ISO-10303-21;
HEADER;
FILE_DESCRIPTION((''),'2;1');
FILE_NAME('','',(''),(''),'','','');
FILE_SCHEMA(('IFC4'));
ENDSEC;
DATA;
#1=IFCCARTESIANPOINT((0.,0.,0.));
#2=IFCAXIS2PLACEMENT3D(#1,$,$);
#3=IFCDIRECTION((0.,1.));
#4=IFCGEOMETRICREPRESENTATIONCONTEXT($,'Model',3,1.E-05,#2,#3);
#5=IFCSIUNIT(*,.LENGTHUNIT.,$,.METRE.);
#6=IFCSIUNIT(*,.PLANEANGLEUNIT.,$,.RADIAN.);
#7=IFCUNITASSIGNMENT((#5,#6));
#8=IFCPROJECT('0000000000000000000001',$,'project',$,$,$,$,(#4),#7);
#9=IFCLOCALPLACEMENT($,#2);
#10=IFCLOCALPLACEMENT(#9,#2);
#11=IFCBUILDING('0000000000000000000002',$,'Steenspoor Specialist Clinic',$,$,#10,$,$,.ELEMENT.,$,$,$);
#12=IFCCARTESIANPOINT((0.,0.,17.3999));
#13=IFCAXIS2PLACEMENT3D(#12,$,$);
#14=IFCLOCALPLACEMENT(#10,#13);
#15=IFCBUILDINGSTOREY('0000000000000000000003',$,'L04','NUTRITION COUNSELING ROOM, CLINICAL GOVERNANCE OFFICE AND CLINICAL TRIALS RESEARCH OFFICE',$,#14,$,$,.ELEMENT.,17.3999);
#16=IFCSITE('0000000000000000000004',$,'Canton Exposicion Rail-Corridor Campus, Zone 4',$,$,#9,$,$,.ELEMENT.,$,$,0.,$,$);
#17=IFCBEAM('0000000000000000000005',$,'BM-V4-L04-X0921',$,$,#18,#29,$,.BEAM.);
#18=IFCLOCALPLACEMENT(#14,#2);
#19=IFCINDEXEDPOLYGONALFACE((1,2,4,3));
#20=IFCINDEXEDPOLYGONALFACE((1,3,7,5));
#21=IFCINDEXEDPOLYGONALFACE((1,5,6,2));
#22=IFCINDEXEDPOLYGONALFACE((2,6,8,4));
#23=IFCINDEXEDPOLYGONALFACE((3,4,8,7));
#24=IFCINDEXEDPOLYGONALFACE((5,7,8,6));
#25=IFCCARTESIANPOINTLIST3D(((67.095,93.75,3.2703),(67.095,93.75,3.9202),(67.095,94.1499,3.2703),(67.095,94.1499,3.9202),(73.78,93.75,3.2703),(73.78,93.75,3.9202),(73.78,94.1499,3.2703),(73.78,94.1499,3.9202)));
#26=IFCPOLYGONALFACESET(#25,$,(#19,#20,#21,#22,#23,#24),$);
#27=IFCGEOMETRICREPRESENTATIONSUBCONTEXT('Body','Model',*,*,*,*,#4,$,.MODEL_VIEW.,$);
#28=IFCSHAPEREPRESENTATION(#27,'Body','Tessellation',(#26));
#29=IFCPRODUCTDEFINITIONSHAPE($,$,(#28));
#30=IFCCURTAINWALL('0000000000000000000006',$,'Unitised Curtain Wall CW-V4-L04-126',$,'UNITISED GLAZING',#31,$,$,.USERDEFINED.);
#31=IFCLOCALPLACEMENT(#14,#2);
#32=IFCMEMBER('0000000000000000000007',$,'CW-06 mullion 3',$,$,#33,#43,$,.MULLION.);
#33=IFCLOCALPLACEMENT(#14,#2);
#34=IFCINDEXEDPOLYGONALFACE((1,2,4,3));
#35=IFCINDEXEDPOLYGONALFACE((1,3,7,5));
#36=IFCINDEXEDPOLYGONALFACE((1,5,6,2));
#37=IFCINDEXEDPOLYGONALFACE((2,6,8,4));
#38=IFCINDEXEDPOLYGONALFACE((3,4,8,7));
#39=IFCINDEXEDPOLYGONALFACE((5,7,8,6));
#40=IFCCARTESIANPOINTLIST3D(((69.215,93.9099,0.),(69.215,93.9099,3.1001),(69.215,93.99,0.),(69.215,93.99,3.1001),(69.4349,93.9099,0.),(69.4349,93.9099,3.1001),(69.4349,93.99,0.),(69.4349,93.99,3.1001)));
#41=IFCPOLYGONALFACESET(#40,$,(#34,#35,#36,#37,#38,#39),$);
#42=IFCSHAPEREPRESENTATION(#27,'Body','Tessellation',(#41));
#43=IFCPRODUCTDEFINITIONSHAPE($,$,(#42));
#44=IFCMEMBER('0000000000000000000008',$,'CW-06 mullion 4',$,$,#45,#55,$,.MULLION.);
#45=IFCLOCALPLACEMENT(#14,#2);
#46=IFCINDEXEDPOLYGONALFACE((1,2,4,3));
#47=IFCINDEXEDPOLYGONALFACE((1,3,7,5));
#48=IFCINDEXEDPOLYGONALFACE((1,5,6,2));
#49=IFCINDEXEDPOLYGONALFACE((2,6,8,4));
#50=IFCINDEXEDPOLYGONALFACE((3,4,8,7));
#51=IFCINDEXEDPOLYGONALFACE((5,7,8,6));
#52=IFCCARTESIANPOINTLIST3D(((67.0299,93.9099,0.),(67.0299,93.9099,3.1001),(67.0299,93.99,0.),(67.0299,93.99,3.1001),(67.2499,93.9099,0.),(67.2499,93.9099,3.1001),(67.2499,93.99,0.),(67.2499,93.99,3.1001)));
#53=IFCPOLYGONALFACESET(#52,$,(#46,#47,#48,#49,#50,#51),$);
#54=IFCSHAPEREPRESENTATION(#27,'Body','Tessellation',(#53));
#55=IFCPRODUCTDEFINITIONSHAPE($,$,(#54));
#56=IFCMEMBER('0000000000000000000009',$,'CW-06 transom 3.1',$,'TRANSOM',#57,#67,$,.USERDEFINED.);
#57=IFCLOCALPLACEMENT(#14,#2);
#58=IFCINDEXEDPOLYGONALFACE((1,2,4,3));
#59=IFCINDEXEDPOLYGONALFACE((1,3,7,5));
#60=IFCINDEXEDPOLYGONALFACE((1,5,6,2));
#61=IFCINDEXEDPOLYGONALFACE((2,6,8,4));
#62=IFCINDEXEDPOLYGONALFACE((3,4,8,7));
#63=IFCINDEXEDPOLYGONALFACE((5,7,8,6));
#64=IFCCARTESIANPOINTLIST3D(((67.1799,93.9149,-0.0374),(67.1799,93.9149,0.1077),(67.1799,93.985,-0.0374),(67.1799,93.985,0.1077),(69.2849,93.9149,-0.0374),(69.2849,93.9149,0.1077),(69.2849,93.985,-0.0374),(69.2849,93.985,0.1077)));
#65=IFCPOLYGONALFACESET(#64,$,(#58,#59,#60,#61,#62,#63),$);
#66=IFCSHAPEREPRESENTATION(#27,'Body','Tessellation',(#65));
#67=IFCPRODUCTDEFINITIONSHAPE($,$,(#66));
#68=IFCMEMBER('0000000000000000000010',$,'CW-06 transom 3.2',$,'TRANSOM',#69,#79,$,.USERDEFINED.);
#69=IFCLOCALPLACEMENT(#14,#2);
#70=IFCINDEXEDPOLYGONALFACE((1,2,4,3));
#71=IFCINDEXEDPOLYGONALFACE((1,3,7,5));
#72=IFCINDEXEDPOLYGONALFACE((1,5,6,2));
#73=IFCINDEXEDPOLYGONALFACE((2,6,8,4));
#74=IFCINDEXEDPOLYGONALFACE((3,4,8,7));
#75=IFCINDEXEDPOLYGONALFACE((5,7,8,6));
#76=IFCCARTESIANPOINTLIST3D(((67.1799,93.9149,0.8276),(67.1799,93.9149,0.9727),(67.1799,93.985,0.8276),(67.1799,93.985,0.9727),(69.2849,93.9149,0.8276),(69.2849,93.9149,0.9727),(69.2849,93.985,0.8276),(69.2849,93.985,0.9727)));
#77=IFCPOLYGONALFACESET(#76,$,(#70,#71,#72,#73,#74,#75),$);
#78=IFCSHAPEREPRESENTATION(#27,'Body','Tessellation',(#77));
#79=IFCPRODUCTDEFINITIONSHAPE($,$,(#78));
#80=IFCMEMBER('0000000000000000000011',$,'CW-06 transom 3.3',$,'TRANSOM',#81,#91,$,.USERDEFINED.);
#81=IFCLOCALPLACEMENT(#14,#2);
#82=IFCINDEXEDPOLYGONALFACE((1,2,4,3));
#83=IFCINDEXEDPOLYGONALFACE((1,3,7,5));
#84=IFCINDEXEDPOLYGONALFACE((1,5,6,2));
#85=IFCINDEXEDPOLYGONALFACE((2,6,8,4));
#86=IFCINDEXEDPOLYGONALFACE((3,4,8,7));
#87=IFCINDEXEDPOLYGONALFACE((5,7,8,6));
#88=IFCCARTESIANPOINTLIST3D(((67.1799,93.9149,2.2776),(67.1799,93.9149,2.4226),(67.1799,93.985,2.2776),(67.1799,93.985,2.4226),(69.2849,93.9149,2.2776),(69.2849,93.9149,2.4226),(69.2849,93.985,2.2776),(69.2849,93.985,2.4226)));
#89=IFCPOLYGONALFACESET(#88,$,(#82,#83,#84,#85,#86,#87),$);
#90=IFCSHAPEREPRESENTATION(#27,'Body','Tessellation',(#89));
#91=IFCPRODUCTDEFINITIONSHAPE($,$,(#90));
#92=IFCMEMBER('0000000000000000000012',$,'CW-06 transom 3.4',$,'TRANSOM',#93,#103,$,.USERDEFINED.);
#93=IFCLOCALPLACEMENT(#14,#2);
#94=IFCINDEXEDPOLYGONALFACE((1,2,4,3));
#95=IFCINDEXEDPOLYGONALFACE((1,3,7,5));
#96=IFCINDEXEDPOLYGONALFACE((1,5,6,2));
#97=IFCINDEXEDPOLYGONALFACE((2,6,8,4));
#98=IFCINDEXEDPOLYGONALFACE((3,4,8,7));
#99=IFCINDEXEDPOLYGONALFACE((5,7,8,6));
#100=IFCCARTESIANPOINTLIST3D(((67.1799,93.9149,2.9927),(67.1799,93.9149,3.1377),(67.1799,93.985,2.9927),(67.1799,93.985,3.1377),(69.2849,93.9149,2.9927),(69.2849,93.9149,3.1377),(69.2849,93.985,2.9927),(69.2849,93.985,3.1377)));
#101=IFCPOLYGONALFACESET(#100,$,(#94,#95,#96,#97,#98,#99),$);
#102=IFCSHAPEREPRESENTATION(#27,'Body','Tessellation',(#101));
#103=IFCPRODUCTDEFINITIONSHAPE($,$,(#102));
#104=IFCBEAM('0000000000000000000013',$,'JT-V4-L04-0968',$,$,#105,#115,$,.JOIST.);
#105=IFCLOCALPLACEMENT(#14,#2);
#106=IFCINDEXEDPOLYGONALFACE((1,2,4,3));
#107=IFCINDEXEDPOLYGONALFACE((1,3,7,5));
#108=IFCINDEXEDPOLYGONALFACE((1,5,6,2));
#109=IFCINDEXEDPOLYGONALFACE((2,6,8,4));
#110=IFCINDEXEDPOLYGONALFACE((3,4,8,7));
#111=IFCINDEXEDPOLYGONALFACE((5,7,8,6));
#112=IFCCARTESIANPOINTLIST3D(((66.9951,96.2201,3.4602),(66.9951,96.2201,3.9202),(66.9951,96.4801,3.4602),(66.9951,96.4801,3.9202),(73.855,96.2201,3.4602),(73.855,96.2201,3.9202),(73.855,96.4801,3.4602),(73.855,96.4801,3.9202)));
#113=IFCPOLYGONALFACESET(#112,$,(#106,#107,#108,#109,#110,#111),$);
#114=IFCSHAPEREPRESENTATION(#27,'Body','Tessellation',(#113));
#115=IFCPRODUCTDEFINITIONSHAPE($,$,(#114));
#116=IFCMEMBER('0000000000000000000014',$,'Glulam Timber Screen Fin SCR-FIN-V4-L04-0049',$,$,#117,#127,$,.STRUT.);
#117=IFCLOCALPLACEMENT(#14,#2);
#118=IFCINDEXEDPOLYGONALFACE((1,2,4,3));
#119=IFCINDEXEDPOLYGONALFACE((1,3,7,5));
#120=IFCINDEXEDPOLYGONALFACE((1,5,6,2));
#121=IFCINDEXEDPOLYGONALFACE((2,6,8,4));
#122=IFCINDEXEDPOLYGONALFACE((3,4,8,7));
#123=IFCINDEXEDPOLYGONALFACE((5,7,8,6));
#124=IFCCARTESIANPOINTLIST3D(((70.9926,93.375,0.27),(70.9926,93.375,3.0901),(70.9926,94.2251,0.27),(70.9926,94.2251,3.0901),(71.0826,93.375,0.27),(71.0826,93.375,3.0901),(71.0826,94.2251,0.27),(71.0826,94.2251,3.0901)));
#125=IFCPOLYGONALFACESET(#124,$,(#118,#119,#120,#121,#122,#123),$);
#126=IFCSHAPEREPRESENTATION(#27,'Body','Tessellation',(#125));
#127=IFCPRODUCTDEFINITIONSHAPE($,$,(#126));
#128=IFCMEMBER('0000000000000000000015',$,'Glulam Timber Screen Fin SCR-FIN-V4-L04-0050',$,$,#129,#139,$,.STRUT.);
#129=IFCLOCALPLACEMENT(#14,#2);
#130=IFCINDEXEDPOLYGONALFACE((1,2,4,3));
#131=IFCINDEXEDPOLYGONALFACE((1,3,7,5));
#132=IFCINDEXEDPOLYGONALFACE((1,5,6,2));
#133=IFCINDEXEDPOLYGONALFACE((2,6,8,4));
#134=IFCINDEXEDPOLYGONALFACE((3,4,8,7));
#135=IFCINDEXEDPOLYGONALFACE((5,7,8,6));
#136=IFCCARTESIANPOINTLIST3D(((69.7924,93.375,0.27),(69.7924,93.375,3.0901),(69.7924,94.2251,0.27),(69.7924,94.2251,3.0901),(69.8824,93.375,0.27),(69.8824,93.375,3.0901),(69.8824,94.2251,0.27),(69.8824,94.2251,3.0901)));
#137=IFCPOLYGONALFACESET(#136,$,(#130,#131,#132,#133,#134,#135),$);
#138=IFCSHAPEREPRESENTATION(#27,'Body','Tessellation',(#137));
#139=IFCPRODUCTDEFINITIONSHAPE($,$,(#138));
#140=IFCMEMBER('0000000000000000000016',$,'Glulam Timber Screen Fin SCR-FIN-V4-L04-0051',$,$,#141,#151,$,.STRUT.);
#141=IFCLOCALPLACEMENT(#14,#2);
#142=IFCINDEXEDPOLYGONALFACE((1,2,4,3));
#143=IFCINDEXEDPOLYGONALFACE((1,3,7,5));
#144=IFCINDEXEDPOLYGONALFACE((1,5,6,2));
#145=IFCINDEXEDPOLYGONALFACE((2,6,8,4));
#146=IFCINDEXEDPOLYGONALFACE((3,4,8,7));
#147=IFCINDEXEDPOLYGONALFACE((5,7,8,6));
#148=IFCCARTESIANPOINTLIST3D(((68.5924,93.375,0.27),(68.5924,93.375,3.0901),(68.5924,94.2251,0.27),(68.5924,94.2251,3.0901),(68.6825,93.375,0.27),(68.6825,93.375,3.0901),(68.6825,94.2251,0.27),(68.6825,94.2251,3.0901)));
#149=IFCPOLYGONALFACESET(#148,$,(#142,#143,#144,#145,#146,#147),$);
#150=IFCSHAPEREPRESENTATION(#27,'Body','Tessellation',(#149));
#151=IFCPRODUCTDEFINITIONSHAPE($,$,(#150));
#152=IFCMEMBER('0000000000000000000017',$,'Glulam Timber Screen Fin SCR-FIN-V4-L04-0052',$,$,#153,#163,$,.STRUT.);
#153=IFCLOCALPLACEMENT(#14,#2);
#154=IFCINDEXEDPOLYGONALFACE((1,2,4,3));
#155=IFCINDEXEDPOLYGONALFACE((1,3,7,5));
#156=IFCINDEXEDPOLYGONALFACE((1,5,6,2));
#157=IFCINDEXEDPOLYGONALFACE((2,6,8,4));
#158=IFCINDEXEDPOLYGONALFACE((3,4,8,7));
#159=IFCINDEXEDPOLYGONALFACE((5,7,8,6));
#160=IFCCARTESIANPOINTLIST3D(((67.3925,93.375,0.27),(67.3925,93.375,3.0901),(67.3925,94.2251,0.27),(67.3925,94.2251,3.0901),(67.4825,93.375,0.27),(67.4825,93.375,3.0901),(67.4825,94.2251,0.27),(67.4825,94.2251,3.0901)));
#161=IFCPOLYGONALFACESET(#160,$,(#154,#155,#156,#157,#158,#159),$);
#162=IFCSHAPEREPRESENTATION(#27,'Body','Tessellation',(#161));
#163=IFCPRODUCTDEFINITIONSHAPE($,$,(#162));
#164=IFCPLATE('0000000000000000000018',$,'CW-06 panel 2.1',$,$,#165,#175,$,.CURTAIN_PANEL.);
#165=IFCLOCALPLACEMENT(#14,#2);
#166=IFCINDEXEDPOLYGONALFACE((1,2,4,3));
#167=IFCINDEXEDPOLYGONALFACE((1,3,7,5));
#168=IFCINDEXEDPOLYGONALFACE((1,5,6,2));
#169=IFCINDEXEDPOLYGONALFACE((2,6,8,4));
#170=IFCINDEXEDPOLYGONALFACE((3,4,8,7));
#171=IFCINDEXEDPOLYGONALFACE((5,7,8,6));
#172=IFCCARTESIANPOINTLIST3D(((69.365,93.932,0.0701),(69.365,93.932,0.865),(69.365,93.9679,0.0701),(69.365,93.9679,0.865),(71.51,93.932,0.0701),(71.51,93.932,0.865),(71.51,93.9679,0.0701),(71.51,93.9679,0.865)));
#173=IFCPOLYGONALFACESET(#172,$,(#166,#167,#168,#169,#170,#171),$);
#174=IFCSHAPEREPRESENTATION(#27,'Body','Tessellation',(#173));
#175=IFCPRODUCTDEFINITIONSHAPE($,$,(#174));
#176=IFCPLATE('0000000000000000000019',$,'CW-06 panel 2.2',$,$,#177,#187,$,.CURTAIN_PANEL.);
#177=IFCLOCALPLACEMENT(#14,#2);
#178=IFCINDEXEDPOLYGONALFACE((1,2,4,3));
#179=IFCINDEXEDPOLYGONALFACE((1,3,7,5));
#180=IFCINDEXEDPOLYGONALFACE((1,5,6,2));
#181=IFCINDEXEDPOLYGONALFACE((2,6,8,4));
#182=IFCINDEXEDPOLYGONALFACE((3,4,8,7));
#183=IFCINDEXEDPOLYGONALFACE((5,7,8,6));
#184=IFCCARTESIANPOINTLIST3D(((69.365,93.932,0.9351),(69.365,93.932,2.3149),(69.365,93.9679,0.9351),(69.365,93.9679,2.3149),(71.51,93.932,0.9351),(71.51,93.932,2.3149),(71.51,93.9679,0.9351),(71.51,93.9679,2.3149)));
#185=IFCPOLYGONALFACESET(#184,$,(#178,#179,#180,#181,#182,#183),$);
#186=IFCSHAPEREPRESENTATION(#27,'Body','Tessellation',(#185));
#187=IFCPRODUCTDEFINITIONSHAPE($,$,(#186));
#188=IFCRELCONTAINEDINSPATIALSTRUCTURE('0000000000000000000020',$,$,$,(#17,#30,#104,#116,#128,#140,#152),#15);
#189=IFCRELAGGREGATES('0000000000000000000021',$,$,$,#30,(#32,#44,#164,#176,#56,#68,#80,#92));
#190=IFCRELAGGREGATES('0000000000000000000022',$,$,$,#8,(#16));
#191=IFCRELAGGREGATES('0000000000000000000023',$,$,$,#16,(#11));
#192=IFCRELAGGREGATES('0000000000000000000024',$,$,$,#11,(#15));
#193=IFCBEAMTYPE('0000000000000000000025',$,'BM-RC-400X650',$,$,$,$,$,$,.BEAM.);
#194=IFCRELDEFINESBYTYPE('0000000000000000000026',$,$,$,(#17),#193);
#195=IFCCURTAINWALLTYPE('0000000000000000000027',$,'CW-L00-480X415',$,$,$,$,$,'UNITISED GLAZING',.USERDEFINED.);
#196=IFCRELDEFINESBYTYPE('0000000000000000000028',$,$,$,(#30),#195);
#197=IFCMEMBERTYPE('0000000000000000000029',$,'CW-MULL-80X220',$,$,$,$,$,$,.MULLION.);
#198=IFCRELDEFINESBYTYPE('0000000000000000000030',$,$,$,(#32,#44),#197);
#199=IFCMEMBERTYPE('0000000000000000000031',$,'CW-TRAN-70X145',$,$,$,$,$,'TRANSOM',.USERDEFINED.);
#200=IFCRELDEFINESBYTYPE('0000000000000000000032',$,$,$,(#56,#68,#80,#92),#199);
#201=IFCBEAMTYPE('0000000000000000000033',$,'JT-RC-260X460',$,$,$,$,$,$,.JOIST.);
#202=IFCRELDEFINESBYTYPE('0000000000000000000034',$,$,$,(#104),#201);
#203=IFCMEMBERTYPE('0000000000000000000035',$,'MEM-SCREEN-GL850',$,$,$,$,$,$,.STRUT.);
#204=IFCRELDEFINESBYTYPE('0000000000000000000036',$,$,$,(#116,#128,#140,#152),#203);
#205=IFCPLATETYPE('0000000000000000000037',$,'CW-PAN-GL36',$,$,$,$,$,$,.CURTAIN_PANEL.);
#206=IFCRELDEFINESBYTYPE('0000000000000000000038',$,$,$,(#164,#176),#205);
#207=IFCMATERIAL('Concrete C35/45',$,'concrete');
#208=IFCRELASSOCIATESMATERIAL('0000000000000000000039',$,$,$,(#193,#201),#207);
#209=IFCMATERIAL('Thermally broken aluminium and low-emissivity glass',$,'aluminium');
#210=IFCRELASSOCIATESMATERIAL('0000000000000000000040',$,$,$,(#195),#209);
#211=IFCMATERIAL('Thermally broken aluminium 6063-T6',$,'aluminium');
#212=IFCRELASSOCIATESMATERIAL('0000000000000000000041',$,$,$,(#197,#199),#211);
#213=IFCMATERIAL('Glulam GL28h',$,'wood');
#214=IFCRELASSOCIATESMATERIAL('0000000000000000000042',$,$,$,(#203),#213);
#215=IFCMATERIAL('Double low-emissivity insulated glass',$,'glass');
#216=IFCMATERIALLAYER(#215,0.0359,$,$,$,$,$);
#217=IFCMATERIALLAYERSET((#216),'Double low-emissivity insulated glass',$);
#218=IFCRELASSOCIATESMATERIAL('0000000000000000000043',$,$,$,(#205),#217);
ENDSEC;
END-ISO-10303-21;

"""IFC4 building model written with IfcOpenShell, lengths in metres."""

from ifc_helpers import new_model, si_unit, direction, frame, origin, origin_2d, place, context, subcontext, project, spatial, rectangle, extrude, material, layer, layer_set, material_profile, profile_set, type_object, element, aggregate, save


model = new_model("IFC4")

# Units and contexts
model_context = context("Model", 3, precision=1e-05, world=origin(), true_north=direction((0.0, 1.0)))
body_context = subcontext(model_context, "Body", "Model", "MODEL_VIEW")
ifc_project = project(units=[si_unit("LENGTHUNIT", "METRE"), si_unit("PLANEANGLEUNIT", "RADIAN")], contexts=[model_context])

# Site, building, storey
site_placement = place(None, origin())
site = spatial("IfcSite", under=ifc_project, at=site_placement, Name="Canton Exposicion Rail-Corridor Campus, Zone 4", CompositionType="ELEMENT", RefElevation=0.0)
building_placement = place(site_placement, origin())
building = spatial("IfcBuilding", under=site, at=building_placement, Name="Steenspoor Specialist Clinic", CompositionType="ELEMENT")
storey_placement = place(building_placement, frame((0.0, 0.0, 17.3999)))
storey = spatial("IfcBuildingStorey", under=building, at=storey_placement, Name="L04", Description="NUTRITION COUNSELING ROOM, CLINICAL GOVERNANCE OFFICE AND CLINICAL TRIALS RESEARCH OFFICE", CompositionType="ELEMENT", Elevation=17.3999)

# Beam
ifc_material_1 = material(Name="Concrete C35/45", Category="concrete")
ifc_material_profile_1 = material_profile(ifc_material_1, rectangle(XDim=0.3999, YDim=0.6499, at=origin_2d()), Name="RC-BM-400X650")
ifc_profile_set_1 = profile_set([ifc_material_profile_1], Name="Concrete C35/45")
beam_type_1 = type_object("IfcBeamType", Name="BM-RC-400X650", PredefinedType="BEAM", material=ifc_profile_set_1)
beam_1_placement = place(storey_placement, frame((67.095, 93.95, 3.5952), z_axis=(1.0, 0.0, 0.0), x_axis=(0.0, 1.0, 0.0)))
element("IfcBeam", 1, at=beam_1_placement, inside=storey, type_object=beam_type_1, Name="BM-V4-L04-X0921", PredefinedType="BEAM", context=body_context, shape_type="SweptSolid", body=[
    extrude(rectangle(XDim=0.3999, YDim=0.6499, at=origin_2d()), origin(), (0.0, 0.0, 1.0), 6.6851),
])

# Curtain wall, members
ifc_material_2 = material(Name="Thermally broken aluminium and low-emissivity glass", Category="aluminium")
curtain_wall_type = type_object("IfcCurtainWallType", Name="CW-L00-480X415", ElementType="UNITISED GLAZING", PredefinedType="USERDEFINED", material=ifc_material_2)
curtain_wall_placement = place(storey_placement, origin())
curtain_wall = element("IfcCurtainWall", 2, at=curtain_wall_placement, inside=storey, type_object=curtain_wall_type, Name="Unitised Curtain Wall CW-V4-L04-126", ObjectType="UNITISED GLAZING", PredefinedType="USERDEFINED")
ifc_material_3 = material(Name="Thermally broken aluminium 6063-T6", Category="aluminium")
ifc_material_profile_2 = material_profile(ifc_material_3, rectangle(XDim=0.0801, YDim=0.22, at=origin_2d()), Name="CWM-80X220")
ifc_profile_set_2 = profile_set([ifc_material_profile_2], Name="Thermally broken aluminium 6063-T6")
member_type_1 = type_object("IfcMemberType", Name="CW-MULL-80X220", PredefinedType="MULLION", material=ifc_profile_set_2)
member_1_placement = place(storey_placement, frame((69.325, 93.95, 0.0), z_axis=(0.0, 0.0, 1.0), x_axis=(0.0, -1.0, 0.0)))
member_1 = element("IfcMember", 3, at=member_1_placement, type_object=member_type_1, Name="CW-06 mullion 3", PredefinedType="MULLION", context=body_context, shape_type="SweptSolid", body=[
    extrude(rectangle(XDim=0.0801, YDim=0.22, at=origin_2d()), origin(), (0.0, 0.0, 1.0), 3.1001),
])
member_2_placement = place(storey_placement, frame((67.1399, 93.95, 0.0), z_axis=(0.0, 0.0, 1.0), x_axis=(0.0, -1.0, 0.0)))
member_2 = element("IfcMember", 4, at=member_2_placement, type_object=member_type_1, Name="CW-06 mullion 4", PredefinedType="MULLION", context=body_context, shape_type="SweptSolid", body=[
    extrude(rectangle(XDim=0.0801, YDim=0.22, at=origin_2d()), origin(), (0.0, 0.0, 1.0), 3.1001),
])
ifc_material_profile_3 = material_profile(ifc_material_3, rectangle(XDim=0.0701, YDim=0.145, at=origin_2d()), Name="CWT-70X145")
ifc_profile_set_3 = profile_set([ifc_material_profile_3], Name="Thermally broken aluminium 6063-T6")
member_type_2 = type_object("IfcMemberType", Name="CW-TRAN-70X145", ElementType="TRANSOM", PredefinedType="USERDEFINED", material=ifc_profile_set_3)
member_3_placement = place(storey_placement, frame((69.2849, 93.95, 0.0352), z_axis=(-1.0, 0.0, 0.0), x_axis=(0.0, -1.0, 0.0)))
member_3 = element("IfcMember", 5, at=member_3_placement, type_object=member_type_2, Name="CW-06 transom 3.1", ObjectType="TRANSOM", PredefinedType="USERDEFINED", context=body_context, shape_type="SweptSolid", body=[
    extrude(rectangle(XDim=0.0701, YDim=0.145, at=origin_2d()), origin(), (0.0, 0.0, 1.0), 2.105),
])
member_4_placement = place(storey_placement, frame((69.2849, 93.95, 0.9001), z_axis=(-1.0, 0.0, 0.0), x_axis=(0.0, -1.0, 0.0)))
member_4 = element("IfcMember", 6, at=member_4_placement, type_object=member_type_2, Name="CW-06 transom 3.2", ObjectType="TRANSOM", PredefinedType="USERDEFINED", context=body_context, shape_type="SweptSolid", body=[
    extrude(rectangle(XDim=0.0701, YDim=0.145, at=origin_2d()), origin(), (0.0, 0.0, 1.0), 2.105),
])
member_5_placement = place(storey_placement, frame((69.2849, 93.95, 2.3501), z_axis=(-1.0, 0.0, 0.0), x_axis=(0.0, -1.0, 0.0)))
member_5 = element("IfcMember", 7, at=member_5_placement, type_object=member_type_2, Name="CW-06 transom 3.3", ObjectType="TRANSOM", PredefinedType="USERDEFINED", context=body_context, shape_type="SweptSolid", body=[
    extrude(rectangle(XDim=0.0701, YDim=0.145, at=origin_2d()), origin(), (0.0, 0.0, 1.0), 2.105),
])
member_6_placement = place(storey_placement, frame((69.2849, 93.95, 3.0652), z_axis=(-1.0, 0.0, 0.0), x_axis=(0.0, -1.0, 0.0)))
member_6 = element("IfcMember", 8, at=member_6_placement, type_object=member_type_2, Name="CW-06 transom 3.4", ObjectType="TRANSOM", PredefinedType="USERDEFINED", context=body_context, shape_type="SweptSolid", body=[
    extrude(rectangle(XDim=0.0701, YDim=0.145, at=origin_2d()), origin(), (0.0, 0.0, 1.0), 2.105),
])

# Beam
ifc_material_profile_4 = material_profile(ifc_material_1, rectangle(XDim=0.26, YDim=0.46, at=origin_2d()), Name="RC-JT-260X460")
ifc_profile_set_4 = profile_set([ifc_material_profile_4], Name="Concrete C35/45")
beam_type_2 = type_object("IfcBeamType", Name="JT-RC-260X460", PredefinedType="JOIST", material=ifc_profile_set_4)
beam_2_placement = place(storey_placement, frame((66.9951, 96.3501, 3.6902), z_axis=(1.0, 0.0, 0.0), x_axis=(0.0, 1.0, 0.0)))
element("IfcBeam", 9, at=beam_2_placement, inside=storey, type_object=beam_type_2, Name="JT-V4-L04-0968", PredefinedType="JOIST", context=body_context, shape_type="SweptSolid", body=[
    extrude(rectangle(XDim=0.26, YDim=0.46, at=origin_2d()), origin(), (0.0, 0.0, 1.0), 6.8599),
])

# Members
ifc_material_4 = material(Name="Glulam GL28h", Category="wood")
ifc_material_profile_5 = material_profile(ifc_material_4, rectangle(XDim=0.0901, YDim=0.8501, at=origin_2d()), Name="GL28H-90X850")
ifc_profile_set_5 = profile_set([ifc_material_profile_5], Name="Glulam GL28h")
member_type_3 = type_object("IfcMemberType", Name="MEM-SCREEN-GL850", PredefinedType="STRUT", material=ifc_profile_set_5)
for number, where, z_axis, x_axis, name in (
    (10, (71.0376, 93.8, 0.27), (0.0, 0.0, 1.0), (-1.0, 0.0, 0.0), "Glulam Timber Screen Fin SCR-FIN-V4-L04-0049"),
    (11, (69.8374, 93.8, 0.27), (0.0, 0.0, 1.0), (-1.0, 0.0, 0.0), "Glulam Timber Screen Fin SCR-FIN-V4-L04-0050"),
    (12, (68.6375, 93.8, 0.27), (0.0, 0.0, 1.0), (-1.0, 0.0, 0.0), "Glulam Timber Screen Fin SCR-FIN-V4-L04-0051"),
    (13, (67.4375, 93.8, 0.27), (0.0, 0.0, 1.0), (-1.0, 0.0, 0.0), "Glulam Timber Screen Fin SCR-FIN-V4-L04-0052"),
):
    element("IfcMember", number, at=place(storey_placement, frame(where, z_axis=z_axis, x_axis=x_axis)), inside=storey, type_object=member_type_3, Name=name, PredefinedType="STRUT", context=body_context, shape_type="SweptSolid", body=[
        extrude(rectangle(XDim=0.0901, YDim=0.8501, at=origin_2d()), origin(), (0.0, 0.0, 1.0), 2.8201),
    ])

# Plates
ifc_material_5 = material(Name="Double low-emissivity insulated glass", Category="glass")
ifc_layer_1 = layer(ifc_material_5, 0.0359)
ifc_layer_set_1 = layer_set([ifc_layer_1], Name="Double low-emissivity insulated glass")
plate_type = type_object("IfcPlateType", Name="CW-PAN-GL36", PredefinedType="CURTAIN_PANEL", material=ifc_layer_set_1)
plate_1_placement = place(storey_placement, frame((70.4375, 93.95, 0.0701), z_axis=(0.0, 0.0, 1.0), x_axis=(-1.0, 0.0, 0.0)))
plate_1 = element("IfcPlate", 14, at=plate_1_placement, type_object=plate_type, Name="CW-06 panel 2.1", PredefinedType="CURTAIN_PANEL", context=body_context, shape_type="SweptSolid", body=[
    extrude(rectangle(XDim=2.145, YDim=0.0359, at=origin_2d()), origin(), (0.0, 0.0, 1.0), 0.7949),
])
plate_2_placement = place(storey_placement, frame((70.4375, 93.95, 0.9351), z_axis=(0.0, 0.0, 1.0), x_axis=(-1.0, 0.0, 0.0)))
plate_2 = element("IfcPlate", 15, at=plate_2_placement, type_object=plate_type, Name="CW-06 panel 2.2", PredefinedType="CURTAIN_PANEL", context=body_context, shape_type="SweptSolid", body=[
    extrude(rectangle(XDim=2.145, YDim=0.0359, at=origin_2d()), origin(), (0.0, 0.0, 1.0), 1.3799),
])
aggregate(curtain_wall, [member_1, member_2, plate_1, plate_2, member_3, member_4, member_5, member_6])

save(model, "model.ifc")
